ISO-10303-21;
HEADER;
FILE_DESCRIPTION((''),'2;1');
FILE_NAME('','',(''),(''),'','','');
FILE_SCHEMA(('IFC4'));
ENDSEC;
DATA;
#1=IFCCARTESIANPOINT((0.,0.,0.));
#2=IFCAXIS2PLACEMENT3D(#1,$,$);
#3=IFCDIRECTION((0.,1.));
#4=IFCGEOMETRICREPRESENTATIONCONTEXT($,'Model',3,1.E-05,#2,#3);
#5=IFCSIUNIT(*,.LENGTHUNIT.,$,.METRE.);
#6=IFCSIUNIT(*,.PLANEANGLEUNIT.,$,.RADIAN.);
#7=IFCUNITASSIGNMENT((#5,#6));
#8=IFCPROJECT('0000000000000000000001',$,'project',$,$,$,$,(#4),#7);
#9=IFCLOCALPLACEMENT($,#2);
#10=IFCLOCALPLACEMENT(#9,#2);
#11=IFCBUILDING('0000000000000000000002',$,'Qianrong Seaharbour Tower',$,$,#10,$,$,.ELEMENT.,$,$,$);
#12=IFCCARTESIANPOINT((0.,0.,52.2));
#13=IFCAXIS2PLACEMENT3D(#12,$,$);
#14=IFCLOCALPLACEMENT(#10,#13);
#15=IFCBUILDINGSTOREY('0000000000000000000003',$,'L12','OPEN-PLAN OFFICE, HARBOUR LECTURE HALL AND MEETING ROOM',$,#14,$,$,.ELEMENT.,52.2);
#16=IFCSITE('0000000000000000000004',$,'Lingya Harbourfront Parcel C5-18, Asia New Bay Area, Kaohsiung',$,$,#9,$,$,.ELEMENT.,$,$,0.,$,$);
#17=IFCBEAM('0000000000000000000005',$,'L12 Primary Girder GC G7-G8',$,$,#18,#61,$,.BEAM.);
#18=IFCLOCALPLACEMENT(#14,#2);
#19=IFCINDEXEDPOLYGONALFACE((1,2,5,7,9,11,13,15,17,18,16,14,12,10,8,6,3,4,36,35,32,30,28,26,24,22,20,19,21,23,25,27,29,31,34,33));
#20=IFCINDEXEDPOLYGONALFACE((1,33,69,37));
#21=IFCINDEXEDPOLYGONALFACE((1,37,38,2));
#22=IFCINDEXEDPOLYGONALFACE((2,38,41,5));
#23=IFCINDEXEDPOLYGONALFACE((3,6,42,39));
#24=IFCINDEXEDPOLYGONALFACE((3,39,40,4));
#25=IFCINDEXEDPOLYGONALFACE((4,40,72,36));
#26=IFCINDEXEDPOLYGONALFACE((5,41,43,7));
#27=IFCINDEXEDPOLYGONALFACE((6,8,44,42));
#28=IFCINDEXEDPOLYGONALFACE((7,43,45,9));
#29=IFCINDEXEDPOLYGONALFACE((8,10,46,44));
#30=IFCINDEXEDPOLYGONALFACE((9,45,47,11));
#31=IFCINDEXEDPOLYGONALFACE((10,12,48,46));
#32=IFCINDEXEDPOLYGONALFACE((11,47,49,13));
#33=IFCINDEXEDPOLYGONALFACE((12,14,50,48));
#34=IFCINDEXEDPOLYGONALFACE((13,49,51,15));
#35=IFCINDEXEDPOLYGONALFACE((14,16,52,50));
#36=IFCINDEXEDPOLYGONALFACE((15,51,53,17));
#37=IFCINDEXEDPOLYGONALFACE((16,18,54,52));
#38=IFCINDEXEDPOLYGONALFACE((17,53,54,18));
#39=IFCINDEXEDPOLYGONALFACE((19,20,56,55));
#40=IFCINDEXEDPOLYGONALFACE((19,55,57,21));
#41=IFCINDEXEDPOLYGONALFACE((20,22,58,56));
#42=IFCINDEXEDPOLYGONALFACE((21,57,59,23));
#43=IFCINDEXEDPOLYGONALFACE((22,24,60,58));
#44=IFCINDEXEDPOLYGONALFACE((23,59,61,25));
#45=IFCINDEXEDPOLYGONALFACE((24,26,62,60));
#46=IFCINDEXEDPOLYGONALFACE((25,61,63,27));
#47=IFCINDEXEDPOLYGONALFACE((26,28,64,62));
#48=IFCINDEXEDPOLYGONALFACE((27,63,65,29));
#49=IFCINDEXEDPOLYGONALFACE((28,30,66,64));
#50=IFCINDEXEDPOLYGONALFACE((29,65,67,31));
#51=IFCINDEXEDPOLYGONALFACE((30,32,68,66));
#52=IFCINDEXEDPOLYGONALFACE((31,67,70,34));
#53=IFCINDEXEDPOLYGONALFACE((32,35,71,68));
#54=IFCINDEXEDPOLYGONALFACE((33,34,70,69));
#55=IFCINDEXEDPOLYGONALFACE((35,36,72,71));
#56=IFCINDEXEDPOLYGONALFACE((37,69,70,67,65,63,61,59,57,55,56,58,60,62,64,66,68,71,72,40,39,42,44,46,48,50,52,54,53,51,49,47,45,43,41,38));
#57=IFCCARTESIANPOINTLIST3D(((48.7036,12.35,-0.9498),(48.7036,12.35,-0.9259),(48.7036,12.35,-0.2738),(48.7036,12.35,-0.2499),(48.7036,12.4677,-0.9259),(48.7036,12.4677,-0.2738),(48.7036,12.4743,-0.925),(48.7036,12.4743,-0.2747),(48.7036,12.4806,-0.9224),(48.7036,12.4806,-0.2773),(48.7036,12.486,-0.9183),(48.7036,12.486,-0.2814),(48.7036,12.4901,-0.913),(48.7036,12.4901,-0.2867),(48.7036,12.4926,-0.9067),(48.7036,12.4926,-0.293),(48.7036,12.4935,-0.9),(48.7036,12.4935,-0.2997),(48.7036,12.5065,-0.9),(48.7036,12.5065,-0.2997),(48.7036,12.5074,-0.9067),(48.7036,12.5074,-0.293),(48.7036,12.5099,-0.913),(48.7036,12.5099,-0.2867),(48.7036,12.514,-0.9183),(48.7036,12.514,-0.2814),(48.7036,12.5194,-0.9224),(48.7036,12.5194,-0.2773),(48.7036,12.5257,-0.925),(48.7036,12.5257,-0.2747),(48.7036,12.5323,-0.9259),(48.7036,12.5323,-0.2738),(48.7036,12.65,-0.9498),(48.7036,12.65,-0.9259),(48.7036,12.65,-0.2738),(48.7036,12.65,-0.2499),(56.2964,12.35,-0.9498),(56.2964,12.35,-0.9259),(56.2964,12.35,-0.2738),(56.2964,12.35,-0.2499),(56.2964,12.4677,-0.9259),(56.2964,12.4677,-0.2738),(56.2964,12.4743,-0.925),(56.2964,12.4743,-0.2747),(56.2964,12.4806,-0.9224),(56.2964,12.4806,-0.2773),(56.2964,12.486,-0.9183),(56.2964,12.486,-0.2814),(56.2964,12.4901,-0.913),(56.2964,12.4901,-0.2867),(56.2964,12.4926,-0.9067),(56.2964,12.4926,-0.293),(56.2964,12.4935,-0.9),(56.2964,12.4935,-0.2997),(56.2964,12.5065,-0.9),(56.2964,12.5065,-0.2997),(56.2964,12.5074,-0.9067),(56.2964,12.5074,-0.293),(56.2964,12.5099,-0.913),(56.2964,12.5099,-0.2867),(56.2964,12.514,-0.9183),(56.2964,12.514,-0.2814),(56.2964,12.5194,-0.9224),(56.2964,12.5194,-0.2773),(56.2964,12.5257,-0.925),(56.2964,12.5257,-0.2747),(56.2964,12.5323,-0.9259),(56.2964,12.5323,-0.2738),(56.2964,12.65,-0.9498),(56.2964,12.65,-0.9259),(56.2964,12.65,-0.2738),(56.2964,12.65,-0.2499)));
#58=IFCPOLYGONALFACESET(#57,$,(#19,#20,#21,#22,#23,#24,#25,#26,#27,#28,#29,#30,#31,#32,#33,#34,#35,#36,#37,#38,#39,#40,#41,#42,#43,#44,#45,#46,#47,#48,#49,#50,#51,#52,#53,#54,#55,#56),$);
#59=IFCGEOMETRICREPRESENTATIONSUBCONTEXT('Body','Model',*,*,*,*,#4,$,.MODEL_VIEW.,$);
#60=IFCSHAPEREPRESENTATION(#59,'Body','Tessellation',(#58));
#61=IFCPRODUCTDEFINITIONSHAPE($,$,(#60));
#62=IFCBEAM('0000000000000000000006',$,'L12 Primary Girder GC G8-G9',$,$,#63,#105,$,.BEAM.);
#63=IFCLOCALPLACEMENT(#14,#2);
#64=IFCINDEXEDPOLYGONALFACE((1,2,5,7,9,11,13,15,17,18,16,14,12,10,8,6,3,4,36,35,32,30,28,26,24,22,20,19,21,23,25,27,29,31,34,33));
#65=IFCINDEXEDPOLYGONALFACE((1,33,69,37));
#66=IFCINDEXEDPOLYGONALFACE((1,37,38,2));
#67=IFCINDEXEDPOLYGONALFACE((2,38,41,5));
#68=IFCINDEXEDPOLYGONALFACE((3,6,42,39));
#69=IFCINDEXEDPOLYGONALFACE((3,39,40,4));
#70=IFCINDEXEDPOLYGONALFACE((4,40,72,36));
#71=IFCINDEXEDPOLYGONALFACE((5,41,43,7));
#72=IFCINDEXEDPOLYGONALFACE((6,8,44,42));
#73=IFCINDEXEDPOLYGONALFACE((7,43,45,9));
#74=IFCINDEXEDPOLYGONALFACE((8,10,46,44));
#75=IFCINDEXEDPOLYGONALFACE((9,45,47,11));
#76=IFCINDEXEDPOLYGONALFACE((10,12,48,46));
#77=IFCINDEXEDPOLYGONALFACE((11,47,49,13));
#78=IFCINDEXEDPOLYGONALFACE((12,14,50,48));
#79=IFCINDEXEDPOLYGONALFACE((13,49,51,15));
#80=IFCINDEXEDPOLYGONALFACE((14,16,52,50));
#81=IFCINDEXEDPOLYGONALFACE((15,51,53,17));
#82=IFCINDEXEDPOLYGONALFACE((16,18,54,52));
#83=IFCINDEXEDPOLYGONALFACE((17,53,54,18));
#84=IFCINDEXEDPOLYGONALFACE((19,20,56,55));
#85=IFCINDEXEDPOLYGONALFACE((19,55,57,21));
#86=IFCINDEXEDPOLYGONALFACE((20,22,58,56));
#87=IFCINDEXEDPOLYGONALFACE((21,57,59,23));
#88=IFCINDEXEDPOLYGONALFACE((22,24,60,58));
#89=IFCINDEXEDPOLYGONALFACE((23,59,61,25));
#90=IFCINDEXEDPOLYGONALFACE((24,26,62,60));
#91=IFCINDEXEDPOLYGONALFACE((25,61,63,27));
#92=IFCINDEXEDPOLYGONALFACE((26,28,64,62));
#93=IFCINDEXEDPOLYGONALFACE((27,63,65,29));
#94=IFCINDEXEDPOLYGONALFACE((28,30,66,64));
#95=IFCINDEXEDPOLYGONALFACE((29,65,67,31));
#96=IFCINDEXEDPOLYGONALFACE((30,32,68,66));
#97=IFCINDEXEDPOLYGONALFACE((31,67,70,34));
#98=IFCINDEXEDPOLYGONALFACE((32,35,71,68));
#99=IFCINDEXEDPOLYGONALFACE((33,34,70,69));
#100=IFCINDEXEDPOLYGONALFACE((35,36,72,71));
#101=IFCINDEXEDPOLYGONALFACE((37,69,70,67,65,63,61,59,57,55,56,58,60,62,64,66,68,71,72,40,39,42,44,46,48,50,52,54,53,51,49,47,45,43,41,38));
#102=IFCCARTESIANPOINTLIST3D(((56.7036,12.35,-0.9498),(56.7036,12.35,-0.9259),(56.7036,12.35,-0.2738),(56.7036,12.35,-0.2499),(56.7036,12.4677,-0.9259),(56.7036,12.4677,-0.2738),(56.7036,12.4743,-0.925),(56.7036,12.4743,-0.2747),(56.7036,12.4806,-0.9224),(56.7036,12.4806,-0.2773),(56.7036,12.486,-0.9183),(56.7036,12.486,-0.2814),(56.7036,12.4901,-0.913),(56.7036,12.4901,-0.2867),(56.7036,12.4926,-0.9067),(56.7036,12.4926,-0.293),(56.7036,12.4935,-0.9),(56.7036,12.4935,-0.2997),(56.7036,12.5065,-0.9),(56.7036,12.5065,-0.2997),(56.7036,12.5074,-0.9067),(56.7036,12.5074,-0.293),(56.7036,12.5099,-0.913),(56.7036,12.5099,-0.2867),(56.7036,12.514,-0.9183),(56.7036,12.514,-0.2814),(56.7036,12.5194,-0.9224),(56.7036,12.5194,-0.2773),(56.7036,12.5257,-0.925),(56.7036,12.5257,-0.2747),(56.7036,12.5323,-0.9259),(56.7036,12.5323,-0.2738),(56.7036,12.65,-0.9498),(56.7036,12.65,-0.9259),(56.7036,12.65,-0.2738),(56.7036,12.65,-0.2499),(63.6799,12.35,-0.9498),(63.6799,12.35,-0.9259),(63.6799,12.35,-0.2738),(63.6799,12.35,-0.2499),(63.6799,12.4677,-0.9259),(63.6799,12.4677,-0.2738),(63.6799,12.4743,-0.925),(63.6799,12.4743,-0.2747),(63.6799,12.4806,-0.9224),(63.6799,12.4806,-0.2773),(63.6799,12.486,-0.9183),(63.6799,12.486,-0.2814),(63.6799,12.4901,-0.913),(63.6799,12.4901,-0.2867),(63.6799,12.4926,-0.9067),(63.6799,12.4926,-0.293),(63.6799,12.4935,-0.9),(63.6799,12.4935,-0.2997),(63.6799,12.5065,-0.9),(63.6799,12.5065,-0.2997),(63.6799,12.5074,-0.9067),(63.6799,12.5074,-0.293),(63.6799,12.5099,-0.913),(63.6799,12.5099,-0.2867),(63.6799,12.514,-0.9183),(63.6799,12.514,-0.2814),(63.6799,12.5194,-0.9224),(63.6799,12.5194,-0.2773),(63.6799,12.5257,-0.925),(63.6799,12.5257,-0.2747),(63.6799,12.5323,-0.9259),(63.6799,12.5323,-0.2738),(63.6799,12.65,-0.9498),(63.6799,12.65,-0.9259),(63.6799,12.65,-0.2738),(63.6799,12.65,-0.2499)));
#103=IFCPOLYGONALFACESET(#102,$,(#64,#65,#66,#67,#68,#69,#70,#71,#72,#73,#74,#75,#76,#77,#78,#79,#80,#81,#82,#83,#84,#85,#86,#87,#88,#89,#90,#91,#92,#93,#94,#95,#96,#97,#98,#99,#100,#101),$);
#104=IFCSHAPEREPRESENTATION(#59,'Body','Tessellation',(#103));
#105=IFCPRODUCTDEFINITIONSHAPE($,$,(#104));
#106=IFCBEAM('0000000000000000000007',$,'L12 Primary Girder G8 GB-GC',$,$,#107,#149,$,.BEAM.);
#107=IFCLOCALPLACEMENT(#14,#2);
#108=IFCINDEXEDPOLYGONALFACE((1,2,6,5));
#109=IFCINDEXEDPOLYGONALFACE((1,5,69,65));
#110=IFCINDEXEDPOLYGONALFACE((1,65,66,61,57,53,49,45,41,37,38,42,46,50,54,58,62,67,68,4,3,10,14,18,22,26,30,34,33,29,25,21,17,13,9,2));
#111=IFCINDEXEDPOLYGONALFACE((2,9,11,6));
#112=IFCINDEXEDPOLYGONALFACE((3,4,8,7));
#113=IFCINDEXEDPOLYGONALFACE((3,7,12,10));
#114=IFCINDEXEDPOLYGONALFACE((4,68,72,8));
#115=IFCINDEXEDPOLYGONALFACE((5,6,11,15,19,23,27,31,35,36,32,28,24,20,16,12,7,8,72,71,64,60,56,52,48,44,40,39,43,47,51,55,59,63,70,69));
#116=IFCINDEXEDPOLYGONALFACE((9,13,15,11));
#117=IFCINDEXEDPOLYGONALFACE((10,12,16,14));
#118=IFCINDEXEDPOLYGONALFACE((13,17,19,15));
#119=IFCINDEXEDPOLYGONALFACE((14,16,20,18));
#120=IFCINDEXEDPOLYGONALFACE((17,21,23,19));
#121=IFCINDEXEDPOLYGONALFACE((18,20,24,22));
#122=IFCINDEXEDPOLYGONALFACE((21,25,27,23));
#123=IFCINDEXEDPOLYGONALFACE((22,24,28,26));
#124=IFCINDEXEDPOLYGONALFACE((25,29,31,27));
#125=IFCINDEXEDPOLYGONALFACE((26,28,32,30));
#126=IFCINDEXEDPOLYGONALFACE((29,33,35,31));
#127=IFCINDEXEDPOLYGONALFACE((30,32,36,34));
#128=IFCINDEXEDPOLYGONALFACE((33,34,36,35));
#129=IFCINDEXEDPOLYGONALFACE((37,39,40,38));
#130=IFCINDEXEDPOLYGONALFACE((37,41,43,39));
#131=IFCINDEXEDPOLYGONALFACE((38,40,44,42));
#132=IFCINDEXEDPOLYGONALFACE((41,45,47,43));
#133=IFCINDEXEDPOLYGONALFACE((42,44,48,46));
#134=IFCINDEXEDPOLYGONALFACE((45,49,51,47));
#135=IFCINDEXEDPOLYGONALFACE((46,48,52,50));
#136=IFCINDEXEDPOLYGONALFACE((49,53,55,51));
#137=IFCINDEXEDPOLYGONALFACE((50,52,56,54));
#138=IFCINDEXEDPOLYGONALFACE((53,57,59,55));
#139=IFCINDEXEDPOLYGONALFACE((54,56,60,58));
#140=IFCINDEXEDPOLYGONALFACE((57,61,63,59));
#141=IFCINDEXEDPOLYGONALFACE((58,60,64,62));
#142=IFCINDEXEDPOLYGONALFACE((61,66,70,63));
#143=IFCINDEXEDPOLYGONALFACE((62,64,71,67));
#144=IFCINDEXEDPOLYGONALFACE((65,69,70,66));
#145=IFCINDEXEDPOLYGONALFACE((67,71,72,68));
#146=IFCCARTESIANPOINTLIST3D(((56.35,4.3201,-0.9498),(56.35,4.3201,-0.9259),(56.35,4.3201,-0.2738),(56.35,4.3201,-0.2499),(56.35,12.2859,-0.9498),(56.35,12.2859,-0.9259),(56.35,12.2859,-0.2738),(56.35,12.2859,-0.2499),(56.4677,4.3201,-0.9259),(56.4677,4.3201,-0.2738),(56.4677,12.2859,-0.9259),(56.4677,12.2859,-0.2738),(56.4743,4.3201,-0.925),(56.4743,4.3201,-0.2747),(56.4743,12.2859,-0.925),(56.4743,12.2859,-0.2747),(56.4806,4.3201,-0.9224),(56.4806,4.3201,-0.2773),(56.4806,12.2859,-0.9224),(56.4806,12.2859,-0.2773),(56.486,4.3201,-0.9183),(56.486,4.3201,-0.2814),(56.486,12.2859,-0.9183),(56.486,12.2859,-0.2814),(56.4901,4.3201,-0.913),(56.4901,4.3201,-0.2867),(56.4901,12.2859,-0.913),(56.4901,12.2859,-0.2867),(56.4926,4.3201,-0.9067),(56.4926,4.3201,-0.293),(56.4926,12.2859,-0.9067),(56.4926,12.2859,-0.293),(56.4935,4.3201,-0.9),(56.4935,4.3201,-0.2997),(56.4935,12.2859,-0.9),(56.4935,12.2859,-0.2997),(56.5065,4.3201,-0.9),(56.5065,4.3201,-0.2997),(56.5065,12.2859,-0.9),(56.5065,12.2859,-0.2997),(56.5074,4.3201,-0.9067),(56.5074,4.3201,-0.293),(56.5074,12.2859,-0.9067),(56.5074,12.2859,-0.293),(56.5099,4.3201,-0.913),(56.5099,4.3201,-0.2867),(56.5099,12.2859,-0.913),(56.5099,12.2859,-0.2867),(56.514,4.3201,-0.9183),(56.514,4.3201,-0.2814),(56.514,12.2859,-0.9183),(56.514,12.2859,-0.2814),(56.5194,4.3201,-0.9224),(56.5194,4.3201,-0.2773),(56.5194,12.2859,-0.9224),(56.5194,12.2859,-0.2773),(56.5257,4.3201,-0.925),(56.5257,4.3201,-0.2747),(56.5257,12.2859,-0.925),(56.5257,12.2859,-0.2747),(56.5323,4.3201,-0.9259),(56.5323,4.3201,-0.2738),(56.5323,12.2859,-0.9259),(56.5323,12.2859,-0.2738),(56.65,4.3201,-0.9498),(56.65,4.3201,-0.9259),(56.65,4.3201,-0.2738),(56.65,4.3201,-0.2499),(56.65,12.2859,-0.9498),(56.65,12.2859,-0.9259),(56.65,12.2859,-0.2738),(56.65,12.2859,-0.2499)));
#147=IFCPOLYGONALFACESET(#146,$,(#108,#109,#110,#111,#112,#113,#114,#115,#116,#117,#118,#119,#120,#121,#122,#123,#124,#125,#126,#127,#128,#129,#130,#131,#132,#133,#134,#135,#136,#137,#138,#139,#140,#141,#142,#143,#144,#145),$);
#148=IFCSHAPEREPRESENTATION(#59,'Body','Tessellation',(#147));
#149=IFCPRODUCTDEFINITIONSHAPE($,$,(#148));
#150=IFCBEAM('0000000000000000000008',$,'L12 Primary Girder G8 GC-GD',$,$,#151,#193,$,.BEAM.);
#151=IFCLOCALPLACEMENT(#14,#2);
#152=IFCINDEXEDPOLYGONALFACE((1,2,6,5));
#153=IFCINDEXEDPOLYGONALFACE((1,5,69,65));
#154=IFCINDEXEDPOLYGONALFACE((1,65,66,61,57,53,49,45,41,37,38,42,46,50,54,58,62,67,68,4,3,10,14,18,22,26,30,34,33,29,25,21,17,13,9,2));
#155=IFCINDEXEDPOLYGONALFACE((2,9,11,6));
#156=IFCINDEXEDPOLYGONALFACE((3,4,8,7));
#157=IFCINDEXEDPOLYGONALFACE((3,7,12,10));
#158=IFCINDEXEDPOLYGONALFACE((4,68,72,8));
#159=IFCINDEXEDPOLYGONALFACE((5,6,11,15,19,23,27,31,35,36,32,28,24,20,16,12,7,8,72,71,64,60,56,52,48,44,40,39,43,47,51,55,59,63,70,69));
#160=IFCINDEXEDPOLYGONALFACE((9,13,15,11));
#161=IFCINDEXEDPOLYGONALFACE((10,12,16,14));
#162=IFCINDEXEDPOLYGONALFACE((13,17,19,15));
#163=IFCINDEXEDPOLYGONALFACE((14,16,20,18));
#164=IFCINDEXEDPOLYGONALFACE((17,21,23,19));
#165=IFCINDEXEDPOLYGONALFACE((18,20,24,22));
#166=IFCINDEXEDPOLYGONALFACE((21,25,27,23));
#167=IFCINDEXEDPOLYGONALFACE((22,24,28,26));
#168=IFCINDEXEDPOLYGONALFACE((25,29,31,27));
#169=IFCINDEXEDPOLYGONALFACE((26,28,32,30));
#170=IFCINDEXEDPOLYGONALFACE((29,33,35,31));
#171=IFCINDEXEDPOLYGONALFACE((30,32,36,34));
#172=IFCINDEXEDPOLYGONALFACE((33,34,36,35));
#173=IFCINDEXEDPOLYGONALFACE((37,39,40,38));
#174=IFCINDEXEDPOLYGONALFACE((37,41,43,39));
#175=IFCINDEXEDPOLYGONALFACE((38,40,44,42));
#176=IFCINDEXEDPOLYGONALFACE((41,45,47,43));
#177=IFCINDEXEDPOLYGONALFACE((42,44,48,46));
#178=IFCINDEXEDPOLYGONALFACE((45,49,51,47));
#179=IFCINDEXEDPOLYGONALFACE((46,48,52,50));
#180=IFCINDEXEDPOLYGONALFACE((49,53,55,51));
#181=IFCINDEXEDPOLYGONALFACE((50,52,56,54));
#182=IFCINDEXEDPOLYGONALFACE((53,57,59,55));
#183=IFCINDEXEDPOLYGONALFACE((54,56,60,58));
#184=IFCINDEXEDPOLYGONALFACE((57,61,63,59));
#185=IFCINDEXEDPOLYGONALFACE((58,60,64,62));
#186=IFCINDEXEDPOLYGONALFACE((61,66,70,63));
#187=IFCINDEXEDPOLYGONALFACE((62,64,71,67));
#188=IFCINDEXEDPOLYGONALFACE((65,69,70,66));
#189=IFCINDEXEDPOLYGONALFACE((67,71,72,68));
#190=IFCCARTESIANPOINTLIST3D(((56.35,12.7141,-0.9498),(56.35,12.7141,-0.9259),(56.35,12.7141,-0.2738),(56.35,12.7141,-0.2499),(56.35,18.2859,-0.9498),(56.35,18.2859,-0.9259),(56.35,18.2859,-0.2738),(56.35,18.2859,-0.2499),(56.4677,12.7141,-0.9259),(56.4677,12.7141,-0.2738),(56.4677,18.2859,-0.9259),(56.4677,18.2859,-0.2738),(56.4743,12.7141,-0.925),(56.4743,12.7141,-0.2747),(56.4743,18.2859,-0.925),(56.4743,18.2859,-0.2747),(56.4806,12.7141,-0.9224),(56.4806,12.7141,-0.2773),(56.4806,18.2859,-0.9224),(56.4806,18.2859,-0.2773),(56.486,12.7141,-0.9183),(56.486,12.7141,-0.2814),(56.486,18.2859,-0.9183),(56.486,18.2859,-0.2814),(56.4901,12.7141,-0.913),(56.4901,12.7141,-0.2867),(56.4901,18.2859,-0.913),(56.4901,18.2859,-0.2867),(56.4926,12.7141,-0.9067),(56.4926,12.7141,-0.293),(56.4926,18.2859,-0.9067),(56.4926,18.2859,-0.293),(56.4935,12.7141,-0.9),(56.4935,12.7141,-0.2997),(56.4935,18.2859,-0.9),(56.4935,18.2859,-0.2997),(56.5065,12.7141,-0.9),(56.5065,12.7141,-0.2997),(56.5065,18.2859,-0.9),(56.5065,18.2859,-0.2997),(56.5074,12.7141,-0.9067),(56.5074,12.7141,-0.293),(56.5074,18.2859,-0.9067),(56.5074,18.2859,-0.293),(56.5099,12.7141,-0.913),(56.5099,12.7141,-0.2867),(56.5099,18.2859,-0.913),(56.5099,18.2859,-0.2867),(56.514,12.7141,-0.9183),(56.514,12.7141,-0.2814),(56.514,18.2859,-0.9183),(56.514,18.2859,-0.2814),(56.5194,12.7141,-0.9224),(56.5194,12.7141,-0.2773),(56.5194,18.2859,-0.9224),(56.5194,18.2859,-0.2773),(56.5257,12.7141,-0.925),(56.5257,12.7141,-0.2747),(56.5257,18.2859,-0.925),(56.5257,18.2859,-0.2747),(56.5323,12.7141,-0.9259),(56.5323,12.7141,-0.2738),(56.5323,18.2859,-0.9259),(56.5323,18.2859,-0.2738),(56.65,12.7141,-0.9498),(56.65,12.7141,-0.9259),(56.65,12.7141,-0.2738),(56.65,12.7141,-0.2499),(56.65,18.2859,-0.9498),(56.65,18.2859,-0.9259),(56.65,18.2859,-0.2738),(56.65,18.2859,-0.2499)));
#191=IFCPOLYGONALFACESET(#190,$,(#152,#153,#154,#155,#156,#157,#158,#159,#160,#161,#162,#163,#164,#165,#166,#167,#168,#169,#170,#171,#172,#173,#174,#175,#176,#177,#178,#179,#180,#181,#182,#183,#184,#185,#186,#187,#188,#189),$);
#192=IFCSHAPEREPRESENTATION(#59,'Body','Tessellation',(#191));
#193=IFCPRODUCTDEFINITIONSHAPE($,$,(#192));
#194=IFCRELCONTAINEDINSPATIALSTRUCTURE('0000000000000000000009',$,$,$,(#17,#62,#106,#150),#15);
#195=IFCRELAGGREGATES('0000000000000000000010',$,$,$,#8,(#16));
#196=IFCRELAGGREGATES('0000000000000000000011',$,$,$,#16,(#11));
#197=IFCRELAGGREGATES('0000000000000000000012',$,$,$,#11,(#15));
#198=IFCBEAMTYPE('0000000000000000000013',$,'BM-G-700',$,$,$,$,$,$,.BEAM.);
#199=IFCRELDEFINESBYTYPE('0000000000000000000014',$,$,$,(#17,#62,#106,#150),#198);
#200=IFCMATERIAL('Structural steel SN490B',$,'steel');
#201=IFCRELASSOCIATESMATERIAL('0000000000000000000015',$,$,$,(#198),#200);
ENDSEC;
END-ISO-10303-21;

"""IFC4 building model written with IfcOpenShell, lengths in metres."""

from ifc_helpers import new_model, si_unit, direction, frame, origin, origin_2d, place, context, subcontext, project, spatial, i_section, extrude, material, material_profile, profile_set, type_object, element, save


model = new_model("IFC4")

# Units and contexts
model_context = context("Model", 3, precision=1e-05, world=origin(), true_north=direction((0.0, 1.0)))
body_context = subcontext(model_context, "Body", "Model", "MODEL_VIEW")
ifc_project = project(units=[si_unit("LENGTHUNIT", "METRE"), si_unit("PLANEANGLEUNIT", "RADIAN")], contexts=[model_context])

# Site, building, storey
site_placement = place(None, origin())
site = spatial("IfcSite", under=ifc_project, at=site_placement, Name="Lingya Harbourfront Parcel C5-18, Asia New Bay Area, Kaohsiung", CompositionType="ELEMENT", RefElevation=0.0)
building_placement = place(site_placement, origin())
building = spatial("IfcBuilding", under=site, at=building_placement, Name="Qianrong Seaharbour Tower", CompositionType="ELEMENT")
storey_placement = place(building_placement, frame((0.0, 0.0, 52.2)))
storey = spatial("IfcBuildingStorey", under=building, at=storey_placement, Name="L12", Description="OPEN-PLAN OFFICE, HARBOUR LECTURE HALL AND MEETING ROOM", CompositionType="ELEMENT", Elevation=52.2)

# Shared definitions
ifc_material_1 = material(Name="Structural steel SN490B", Category="steel")

# Beams
ifc_material_profile_1 = material_profile(ifc_material_1, i_section(OverallWidth=0.3, OverallDepth=0.7, WebThickness=0.0129, FlangeThickness=0.0239, FilletRadius=0.0259, at=origin_2d()), Name="H700x300x13x24")
ifc_profile_set_1 = profile_set([ifc_material_profile_1], Name="Structural steel SN490B")
beam_type_1 = type_object("IfcBeamType", Name="BM-G-700", PredefinedType="BEAM", material=ifc_profile_set_1)
beam_1_placement = place(storey_placement, frame((48.7036, 12.5, -0.5999), z_axis=(1.0, 0.0, 0.0), x_axis=(0.0, 1.0, 0.0)))
element("IfcBeam", 1, at=beam_1_placement, inside=storey, type_object=beam_type_1, Name="L12 Primary Girder GC G7-G8", PredefinedType="BEAM", context=body_context, shape_type="SweptSolid", body=[
    extrude(i_section(OverallWidth=0.3, OverallDepth=0.7, WebThickness=0.0129, FlangeThickness=0.0239, FilletRadius=0.0259, at=origin_2d()), origin(), (0.0, 0.0, 1.0), 7.5928),
])
beam_2_placement = place(storey_placement, frame((56.7036, 12.5, -0.5999), z_axis=(1.0, 0.0, 0.0), x_axis=(0.0, 1.0, 0.0)))
element("IfcBeam", 2, at=beam_2_placement, inside=storey, type_object=beam_type_1, Name="L12 Primary Girder GC G8-G9", PredefinedType="BEAM", context=body_context, shape_type="SweptSolid", body=[
    extrude(i_section(OverallWidth=0.3, OverallDepth=0.7, WebThickness=0.0129, FlangeThickness=0.0239, FilletRadius=0.0259, at=origin_2d()), origin(), (0.0, 0.0, 1.0), 6.9763),
])
beam_3_placement = place(storey_placement, frame((56.5, 4.3201, -0.5999), z_axis=(0.0, 1.0, 0.0), x_axis=(-1.0, 0.0, 0.0)))
element("IfcBeam", 3, at=beam_3_placement, inside=storey, type_object=beam_type_1, Name="L12 Primary Girder G8 GB-GC", PredefinedType="BEAM", context=body_context, shape_type="SweptSolid", body=[
    extrude(i_section(OverallWidth=0.3, OverallDepth=0.7, WebThickness=0.0129, FlangeThickness=0.0239, FilletRadius=0.0259, at=origin_2d()), origin(), (0.0, 0.0, 1.0), 7.9658),
])
beam_4_placement = place(storey_placement, frame((56.5, 12.7141, -0.5999), z_axis=(0.0, 1.0, 0.0), x_axis=(-1.0, 0.0, 0.0)))
element("IfcBeam", 4, at=beam_4_placement, inside=storey, type_object=beam_type_1, Name="L12 Primary Girder G8 GC-GD", PredefinedType="BEAM", context=body_context, shape_type="SweptSolid", body=[
    extrude(i_section(OverallWidth=0.3, OverallDepth=0.7, WebThickness=0.0129, FlangeThickness=0.0239, FilletRadius=0.0259, at=origin_2d()), origin(), (0.0, 0.0, 1.0), 5.5718),
])

save(model, "model.ifc")
